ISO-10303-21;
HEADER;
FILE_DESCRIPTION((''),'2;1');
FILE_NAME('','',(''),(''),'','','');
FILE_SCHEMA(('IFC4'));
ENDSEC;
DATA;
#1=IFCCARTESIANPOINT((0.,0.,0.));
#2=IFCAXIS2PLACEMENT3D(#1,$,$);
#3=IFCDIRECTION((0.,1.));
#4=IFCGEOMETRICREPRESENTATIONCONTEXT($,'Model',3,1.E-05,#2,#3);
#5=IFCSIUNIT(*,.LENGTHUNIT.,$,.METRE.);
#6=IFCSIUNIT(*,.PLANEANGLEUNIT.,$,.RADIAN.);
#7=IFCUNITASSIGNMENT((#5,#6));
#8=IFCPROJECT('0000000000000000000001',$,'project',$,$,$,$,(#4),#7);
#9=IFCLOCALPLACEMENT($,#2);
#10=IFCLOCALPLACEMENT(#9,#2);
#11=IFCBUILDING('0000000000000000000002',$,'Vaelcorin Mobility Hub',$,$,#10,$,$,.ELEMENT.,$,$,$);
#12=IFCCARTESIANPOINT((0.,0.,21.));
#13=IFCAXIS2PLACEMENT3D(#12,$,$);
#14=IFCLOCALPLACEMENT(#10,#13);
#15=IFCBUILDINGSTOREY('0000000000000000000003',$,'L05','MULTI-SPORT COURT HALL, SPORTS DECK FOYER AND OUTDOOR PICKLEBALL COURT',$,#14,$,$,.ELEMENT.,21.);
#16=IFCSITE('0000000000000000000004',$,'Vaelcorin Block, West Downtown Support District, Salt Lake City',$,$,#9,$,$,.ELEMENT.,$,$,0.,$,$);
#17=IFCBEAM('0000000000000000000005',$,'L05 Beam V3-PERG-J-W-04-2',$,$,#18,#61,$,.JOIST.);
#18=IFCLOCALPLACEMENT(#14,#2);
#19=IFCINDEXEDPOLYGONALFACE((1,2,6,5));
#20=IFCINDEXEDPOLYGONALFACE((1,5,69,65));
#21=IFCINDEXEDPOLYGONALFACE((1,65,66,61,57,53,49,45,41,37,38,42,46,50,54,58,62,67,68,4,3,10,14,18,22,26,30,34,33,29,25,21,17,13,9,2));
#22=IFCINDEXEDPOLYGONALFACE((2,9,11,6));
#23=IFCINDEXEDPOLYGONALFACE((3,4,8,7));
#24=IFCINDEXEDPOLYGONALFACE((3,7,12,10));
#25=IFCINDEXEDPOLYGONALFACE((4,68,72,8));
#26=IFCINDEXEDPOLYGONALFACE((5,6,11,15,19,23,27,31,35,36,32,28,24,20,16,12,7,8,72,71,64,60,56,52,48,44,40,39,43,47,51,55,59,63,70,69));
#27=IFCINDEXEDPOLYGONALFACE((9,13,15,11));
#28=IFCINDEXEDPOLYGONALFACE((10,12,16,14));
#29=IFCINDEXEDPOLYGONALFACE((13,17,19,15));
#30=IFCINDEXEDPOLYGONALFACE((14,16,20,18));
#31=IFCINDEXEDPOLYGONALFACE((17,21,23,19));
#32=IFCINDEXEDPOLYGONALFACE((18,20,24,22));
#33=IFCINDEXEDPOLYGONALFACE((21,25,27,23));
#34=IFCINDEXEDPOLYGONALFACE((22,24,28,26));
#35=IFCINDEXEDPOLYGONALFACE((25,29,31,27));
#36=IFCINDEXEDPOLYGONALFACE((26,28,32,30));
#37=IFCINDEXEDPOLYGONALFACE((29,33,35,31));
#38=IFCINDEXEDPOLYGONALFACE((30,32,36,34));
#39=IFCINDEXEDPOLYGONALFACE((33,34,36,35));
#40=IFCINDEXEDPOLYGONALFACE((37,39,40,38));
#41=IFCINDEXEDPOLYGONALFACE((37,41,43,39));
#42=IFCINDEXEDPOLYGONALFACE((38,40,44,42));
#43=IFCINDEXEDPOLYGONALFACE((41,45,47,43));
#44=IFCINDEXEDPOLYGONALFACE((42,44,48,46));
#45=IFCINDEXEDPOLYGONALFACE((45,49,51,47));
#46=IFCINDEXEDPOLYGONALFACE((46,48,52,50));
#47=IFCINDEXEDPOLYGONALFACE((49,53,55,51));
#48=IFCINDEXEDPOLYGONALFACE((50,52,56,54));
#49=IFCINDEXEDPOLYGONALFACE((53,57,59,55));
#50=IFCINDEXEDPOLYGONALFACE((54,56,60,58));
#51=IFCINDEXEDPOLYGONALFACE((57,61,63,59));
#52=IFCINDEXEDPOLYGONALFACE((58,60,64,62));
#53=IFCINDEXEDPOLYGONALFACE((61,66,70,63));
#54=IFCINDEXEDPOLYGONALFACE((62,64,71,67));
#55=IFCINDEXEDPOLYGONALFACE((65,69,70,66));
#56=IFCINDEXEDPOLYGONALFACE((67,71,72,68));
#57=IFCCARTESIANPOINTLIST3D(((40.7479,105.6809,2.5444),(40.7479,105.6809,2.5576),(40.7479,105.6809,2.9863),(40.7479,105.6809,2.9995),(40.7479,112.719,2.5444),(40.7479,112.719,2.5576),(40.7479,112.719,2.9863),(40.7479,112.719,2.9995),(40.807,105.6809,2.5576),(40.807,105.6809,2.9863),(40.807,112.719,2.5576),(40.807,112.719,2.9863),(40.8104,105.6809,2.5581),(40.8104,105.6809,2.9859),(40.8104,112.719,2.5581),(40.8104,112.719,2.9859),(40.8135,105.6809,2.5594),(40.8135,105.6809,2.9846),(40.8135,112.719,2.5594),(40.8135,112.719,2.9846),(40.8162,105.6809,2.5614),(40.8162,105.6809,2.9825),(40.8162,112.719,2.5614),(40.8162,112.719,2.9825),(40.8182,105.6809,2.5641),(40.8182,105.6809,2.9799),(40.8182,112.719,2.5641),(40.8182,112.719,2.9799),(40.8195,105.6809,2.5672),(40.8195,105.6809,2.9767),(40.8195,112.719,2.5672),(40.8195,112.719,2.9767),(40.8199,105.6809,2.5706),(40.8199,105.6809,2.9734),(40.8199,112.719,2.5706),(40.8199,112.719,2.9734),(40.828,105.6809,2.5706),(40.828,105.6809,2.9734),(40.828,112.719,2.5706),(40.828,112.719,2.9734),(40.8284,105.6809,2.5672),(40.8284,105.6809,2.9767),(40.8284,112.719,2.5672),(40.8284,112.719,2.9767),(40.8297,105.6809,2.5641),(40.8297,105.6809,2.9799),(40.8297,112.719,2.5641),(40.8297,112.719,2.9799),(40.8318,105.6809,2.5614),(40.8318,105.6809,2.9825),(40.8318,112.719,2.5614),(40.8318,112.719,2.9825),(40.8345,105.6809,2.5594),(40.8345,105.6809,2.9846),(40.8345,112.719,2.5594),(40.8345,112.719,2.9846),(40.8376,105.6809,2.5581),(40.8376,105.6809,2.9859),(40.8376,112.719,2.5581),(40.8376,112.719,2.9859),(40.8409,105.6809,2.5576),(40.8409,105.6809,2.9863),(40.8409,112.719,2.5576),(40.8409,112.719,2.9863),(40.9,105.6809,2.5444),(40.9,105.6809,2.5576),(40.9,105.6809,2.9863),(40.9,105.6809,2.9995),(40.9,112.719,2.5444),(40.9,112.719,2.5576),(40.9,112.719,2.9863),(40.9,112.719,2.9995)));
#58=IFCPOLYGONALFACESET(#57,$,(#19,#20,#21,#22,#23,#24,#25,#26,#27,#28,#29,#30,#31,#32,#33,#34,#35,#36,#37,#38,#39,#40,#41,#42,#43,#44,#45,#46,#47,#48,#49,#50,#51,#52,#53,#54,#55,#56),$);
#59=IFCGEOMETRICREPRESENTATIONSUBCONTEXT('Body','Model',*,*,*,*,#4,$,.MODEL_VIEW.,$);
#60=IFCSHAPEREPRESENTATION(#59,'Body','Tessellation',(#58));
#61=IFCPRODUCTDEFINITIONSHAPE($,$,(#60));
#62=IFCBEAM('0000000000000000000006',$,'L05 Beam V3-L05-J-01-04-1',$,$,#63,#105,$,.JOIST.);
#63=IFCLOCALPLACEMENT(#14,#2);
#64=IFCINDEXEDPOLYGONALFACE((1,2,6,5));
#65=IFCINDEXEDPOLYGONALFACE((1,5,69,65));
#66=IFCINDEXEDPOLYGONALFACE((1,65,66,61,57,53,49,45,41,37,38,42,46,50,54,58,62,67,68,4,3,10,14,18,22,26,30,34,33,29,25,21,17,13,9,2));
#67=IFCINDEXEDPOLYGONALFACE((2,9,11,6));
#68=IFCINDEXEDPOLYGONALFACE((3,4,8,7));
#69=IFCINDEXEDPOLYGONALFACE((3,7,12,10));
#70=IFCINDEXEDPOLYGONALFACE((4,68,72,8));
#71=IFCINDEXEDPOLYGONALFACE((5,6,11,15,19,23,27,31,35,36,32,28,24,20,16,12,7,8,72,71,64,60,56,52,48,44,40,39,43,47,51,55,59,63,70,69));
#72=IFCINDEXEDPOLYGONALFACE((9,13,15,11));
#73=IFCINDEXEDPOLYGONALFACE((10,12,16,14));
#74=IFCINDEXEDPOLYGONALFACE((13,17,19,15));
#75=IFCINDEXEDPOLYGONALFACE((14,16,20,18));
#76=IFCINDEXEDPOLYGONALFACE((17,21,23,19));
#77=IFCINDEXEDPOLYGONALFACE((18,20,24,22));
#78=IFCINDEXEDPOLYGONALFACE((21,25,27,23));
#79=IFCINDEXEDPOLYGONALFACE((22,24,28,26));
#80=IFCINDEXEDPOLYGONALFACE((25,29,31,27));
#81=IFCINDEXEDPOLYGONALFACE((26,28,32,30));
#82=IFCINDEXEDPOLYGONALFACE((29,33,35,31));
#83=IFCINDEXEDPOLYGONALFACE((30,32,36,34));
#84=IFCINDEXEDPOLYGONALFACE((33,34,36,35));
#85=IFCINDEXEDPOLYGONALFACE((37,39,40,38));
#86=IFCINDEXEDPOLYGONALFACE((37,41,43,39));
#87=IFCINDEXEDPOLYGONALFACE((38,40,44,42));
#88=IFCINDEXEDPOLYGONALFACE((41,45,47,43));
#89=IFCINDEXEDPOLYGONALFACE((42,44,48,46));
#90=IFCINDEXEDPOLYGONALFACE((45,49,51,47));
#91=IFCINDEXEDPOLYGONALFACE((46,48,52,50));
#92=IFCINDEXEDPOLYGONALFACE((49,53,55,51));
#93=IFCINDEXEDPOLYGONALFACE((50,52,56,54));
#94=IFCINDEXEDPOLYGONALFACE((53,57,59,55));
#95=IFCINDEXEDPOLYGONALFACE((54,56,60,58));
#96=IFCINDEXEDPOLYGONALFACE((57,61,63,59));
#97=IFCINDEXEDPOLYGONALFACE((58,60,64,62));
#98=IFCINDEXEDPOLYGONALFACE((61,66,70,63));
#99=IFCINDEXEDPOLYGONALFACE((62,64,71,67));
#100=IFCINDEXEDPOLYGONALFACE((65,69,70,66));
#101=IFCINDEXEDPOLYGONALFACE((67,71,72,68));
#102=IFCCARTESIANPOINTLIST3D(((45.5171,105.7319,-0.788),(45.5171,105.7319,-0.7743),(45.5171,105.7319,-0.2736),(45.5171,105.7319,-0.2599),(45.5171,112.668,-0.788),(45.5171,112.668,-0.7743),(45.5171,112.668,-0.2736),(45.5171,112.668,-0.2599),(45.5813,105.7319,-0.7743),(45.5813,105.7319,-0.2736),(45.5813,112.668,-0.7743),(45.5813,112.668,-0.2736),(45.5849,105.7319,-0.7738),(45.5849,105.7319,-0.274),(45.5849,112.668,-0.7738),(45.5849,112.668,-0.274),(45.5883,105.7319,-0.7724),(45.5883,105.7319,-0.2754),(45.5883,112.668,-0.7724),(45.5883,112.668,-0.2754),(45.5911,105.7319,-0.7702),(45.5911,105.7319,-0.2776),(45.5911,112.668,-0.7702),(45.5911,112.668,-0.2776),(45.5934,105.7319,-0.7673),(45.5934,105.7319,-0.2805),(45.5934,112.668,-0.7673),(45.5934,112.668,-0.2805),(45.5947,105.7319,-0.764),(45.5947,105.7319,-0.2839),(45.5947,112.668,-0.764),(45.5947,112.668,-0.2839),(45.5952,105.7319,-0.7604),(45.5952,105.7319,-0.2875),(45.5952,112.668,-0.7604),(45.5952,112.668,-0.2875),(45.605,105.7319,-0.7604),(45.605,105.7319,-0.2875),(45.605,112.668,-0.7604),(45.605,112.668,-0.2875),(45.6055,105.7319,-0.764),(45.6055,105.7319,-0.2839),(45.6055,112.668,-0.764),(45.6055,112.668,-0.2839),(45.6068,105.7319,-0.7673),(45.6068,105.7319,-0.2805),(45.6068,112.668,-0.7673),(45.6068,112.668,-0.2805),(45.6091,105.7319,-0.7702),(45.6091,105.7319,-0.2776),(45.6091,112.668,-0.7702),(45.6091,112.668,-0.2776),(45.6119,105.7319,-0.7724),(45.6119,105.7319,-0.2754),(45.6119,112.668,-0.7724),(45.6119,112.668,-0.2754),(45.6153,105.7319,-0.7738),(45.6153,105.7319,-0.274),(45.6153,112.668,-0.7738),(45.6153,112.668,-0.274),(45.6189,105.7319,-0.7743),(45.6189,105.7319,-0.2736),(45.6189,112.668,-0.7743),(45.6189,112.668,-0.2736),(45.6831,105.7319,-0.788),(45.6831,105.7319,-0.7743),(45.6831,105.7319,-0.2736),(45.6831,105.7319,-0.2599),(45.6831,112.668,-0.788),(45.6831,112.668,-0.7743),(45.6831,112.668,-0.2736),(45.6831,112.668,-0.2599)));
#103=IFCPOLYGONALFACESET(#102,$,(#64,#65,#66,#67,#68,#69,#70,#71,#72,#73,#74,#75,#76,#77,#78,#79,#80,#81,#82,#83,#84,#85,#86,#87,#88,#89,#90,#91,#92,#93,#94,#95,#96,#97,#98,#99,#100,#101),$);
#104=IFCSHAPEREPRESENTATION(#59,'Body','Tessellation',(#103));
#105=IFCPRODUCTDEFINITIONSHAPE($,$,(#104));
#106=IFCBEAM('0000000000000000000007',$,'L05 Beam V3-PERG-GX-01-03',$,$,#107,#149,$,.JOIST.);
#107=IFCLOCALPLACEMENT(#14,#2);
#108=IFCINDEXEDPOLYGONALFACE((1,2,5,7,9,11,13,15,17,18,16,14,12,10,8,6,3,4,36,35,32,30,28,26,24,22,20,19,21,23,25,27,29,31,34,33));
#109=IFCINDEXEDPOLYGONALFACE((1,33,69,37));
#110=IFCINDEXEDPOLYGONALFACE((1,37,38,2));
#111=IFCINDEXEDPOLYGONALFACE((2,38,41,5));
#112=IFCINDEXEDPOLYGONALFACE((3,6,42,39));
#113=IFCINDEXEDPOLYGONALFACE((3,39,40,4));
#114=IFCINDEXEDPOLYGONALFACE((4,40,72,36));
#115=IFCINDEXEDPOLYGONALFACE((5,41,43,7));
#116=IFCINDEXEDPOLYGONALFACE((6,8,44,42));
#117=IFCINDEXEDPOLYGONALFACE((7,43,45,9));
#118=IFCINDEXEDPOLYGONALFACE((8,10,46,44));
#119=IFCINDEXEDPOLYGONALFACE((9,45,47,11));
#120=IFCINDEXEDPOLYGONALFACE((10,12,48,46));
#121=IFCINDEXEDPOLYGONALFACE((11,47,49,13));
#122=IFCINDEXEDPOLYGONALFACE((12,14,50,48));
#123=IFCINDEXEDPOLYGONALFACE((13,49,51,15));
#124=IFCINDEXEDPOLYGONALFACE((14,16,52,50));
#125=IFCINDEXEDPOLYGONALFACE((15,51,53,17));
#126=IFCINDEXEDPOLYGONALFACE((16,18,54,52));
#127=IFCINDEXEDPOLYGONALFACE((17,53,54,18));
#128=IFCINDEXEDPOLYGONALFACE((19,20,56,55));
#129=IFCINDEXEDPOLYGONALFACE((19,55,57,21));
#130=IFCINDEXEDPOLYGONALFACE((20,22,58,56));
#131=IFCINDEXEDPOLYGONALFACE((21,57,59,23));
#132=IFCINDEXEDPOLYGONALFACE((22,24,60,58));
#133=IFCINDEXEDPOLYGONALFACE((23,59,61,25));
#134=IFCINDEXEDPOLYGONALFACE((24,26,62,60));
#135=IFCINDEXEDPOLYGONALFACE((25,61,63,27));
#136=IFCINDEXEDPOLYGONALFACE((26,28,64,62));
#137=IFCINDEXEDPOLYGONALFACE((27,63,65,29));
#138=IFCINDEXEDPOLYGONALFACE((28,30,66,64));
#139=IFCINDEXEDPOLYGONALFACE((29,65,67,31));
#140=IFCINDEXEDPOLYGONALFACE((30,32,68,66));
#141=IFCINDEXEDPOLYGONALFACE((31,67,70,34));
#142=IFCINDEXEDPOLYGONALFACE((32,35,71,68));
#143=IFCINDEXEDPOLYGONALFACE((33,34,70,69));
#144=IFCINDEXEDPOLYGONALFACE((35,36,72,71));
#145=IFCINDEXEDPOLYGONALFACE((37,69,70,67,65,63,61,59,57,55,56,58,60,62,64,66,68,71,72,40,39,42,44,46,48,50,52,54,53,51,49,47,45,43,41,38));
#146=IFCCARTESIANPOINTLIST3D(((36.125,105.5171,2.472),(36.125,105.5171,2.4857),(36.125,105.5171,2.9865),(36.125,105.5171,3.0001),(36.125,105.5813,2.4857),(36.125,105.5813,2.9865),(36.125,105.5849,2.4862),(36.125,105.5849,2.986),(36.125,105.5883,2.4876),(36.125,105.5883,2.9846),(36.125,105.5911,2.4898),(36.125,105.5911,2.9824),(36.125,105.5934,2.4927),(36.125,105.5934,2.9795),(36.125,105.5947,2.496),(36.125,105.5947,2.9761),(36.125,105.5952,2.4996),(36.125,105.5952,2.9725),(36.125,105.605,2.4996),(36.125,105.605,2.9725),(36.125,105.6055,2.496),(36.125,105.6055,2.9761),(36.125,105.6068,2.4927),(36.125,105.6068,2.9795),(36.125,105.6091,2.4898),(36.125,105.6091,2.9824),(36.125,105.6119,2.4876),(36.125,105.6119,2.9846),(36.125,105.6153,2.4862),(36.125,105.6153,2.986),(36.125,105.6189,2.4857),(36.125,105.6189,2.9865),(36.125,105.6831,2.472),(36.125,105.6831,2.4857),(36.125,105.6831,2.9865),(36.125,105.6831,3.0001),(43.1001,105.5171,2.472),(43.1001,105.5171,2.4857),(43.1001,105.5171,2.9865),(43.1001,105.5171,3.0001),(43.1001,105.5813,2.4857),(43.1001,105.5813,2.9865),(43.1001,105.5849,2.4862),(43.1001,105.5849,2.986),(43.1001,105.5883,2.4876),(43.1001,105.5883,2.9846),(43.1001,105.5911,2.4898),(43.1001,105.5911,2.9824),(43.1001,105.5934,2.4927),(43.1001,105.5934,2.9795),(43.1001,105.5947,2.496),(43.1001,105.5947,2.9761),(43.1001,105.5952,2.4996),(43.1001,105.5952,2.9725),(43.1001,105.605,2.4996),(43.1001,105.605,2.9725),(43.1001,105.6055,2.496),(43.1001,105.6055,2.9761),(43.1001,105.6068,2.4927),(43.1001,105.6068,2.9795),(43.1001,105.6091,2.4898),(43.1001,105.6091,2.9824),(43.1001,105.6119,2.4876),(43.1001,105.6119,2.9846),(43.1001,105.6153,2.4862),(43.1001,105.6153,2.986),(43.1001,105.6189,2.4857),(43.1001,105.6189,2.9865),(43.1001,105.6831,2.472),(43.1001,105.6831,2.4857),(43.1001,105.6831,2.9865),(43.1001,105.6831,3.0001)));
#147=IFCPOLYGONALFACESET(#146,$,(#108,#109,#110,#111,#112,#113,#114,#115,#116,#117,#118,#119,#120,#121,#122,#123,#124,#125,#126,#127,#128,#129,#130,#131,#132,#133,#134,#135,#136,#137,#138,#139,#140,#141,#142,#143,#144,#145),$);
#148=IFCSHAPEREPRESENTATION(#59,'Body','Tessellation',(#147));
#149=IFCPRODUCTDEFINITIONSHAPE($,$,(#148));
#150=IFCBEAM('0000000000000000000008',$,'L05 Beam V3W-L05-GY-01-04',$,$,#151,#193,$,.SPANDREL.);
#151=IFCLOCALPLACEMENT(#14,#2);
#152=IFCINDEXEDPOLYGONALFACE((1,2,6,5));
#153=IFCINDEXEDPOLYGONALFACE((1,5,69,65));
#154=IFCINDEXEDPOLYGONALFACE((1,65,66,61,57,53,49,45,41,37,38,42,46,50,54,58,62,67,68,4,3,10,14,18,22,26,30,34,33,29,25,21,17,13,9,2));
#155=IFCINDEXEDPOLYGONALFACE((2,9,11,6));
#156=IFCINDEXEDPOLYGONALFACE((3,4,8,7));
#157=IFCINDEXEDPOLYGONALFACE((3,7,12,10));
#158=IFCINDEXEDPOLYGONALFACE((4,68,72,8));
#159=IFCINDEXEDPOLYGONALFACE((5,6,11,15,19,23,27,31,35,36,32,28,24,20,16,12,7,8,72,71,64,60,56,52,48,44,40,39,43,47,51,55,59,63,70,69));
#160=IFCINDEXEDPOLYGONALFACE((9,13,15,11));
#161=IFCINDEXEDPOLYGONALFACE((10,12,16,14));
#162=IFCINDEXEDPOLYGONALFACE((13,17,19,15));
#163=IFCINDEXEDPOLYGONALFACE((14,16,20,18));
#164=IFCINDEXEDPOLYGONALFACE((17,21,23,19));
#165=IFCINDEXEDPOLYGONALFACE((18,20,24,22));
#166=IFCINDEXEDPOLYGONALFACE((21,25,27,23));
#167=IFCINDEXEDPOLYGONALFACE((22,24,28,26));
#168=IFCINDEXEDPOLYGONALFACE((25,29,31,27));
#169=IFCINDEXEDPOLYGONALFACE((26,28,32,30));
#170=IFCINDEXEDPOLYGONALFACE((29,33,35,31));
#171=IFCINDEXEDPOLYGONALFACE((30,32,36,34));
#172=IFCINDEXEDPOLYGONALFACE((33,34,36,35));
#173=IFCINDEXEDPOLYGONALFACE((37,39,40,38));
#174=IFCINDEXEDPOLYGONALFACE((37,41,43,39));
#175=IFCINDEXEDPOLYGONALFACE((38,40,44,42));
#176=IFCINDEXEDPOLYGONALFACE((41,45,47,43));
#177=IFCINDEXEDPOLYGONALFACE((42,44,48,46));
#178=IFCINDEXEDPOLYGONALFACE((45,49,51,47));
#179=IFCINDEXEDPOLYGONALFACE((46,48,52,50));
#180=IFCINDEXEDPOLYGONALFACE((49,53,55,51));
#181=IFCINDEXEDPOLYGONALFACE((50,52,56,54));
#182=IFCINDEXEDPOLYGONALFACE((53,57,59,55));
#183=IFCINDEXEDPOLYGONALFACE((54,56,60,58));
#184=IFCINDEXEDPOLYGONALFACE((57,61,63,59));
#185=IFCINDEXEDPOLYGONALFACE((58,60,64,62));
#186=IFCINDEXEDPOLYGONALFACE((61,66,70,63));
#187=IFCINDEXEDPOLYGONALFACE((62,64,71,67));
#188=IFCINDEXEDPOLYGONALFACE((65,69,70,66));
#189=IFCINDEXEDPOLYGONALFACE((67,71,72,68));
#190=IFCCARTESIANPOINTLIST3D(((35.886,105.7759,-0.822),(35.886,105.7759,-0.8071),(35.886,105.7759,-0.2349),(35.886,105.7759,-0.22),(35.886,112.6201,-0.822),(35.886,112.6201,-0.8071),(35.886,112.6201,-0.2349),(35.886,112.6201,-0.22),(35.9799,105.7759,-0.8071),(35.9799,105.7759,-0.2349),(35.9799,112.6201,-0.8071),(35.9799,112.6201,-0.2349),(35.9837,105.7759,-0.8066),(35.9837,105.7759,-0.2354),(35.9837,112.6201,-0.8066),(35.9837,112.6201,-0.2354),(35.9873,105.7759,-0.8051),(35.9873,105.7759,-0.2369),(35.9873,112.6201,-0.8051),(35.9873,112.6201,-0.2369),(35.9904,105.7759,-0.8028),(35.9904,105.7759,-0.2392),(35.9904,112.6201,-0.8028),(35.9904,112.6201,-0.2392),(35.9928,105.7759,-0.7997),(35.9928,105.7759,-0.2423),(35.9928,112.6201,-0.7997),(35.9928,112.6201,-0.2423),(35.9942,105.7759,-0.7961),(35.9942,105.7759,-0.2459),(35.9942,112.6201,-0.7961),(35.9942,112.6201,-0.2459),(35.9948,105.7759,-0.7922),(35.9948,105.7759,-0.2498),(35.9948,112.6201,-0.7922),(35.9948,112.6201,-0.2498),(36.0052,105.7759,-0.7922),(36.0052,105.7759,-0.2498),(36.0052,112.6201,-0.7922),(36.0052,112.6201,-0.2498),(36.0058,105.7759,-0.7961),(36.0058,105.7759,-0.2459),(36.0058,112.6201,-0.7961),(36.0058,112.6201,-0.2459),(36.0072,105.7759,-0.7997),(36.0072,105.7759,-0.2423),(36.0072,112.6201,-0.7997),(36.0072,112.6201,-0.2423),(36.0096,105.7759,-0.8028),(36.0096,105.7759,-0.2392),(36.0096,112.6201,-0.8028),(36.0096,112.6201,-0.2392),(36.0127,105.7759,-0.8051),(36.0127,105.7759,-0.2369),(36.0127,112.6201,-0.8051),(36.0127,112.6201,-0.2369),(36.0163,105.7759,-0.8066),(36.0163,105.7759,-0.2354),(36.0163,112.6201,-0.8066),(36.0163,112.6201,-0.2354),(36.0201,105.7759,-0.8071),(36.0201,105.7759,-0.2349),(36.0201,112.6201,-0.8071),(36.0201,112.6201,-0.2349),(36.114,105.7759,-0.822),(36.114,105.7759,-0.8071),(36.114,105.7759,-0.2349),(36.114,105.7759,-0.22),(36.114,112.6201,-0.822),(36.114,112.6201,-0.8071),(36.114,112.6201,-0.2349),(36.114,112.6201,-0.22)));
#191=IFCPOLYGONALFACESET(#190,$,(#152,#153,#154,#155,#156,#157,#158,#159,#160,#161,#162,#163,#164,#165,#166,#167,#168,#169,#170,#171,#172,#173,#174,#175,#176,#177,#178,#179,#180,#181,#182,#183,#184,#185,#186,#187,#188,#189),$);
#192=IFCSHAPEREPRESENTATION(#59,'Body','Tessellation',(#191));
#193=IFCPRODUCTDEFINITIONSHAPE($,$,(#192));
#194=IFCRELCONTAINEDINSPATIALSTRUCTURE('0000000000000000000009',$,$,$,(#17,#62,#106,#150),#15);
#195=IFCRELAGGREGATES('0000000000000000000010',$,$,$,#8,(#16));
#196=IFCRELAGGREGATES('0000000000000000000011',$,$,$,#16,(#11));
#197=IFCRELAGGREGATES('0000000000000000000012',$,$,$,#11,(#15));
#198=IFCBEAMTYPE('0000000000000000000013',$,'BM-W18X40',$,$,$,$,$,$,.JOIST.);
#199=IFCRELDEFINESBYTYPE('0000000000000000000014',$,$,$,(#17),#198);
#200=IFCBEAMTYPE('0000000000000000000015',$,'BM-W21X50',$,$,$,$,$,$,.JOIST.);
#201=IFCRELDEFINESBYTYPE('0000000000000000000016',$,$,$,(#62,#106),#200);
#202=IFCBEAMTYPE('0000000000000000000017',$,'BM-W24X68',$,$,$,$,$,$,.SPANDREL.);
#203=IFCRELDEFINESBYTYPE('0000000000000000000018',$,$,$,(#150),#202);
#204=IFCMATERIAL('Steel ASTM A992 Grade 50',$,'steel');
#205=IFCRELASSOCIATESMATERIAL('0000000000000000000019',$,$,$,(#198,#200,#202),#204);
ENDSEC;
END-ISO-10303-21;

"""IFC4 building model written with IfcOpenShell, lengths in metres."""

from ifc_helpers import new_model, si_unit, direction, frame, origin, origin_2d, place, context, subcontext, project, spatial, i_section, extrude, material, material_profile, profile_set, type_object, element, save


model = new_model("IFC4")

# Units and contexts
model_context = context("Model", 3, precision=1e-05, world=origin(), true_north=direction((0.0, 1.0)))
body_context = subcontext(model_context, "Body", "Model", "MODEL_VIEW")
ifc_project = project(units=[si_unit("LENGTHUNIT", "METRE"), si_unit("PLANEANGLEUNIT", "RADIAN")], contexts=[model_context])

# Site, building, storey
site_placement = place(None, origin())
site = spatial("IfcSite", under=ifc_project, at=site_placement, Name="Vaelcorin Block, West Downtown Support District, Salt Lake City", CompositionType="ELEMENT", RefElevation=0.0)
building_placement = place(site_placement, origin())
building = spatial("IfcBuilding", under=site, at=building_placement, Name="Vaelcorin Mobility Hub", CompositionType="ELEMENT")
storey_placement = place(building_placement, frame((0.0, 0.0, 21.0)))
storey = spatial("IfcBuildingStorey", under=building, at=storey_placement, Name="L05", Description="MULTI-SPORT COURT HALL, SPORTS DECK FOYER AND OUTDOOR PICKLEBALL COURT", CompositionType="ELEMENT", Elevation=21.0)

# Shared definitions
ifc_material_1 = material(Name="Steel ASTM A992 Grade 50", Category="steel")

# Beams
ifc_material_profile_1 = material_profile(ifc_material_1, i_section(OverallWidth=0.1521, OverallDepth=0.4551, WebThickness=0.0081, FlangeThickness=0.0132, FilletRadius=0.0129, at=origin_2d()), Name="W18X40")
ifc_profile_set_1 = profile_set([ifc_material_profile_1], Name="Steel ASTM A992 Grade 50")
beam_type_1 = type_object("IfcBeamType", Name="BM-W18X40", PredefinedType="JOIST", material=ifc_profile_set_1)
for number, where, z_axis, x_axis, name in (
    (1, (40.824, 105.6809, 2.772), (0.0, 1.0, 0.0), (-1.0, 0.0, 0.0), "L05 Beam V3-PERG-J-W-04-2"),
):
    element("IfcBeam", number, at=place(storey_placement, frame(where, z_axis=z_axis, x_axis=x_axis)), inside=storey, type_object=beam_type_1, Name=name, PredefinedType="JOIST", context=body_context, shape_type="SweptSolid", body=[
        extrude(i_section(OverallWidth=0.1521, OverallDepth=0.4551, WebThickness=0.0081, FlangeThickness=0.0132, FilletRadius=0.0129, at=origin_2d()), origin(), (0.0, 0.0, 1.0), 7.0381),
    ])
ifc_material_profile_2 = material_profile(ifc_material_1, i_section(OverallWidth=0.166, OverallDepth=0.5281, WebThickness=0.0098, FlangeThickness=0.0137, FilletRadius=0.0139, at=origin_2d()), Name="W21X50")
ifc_profile_set_2 = profile_set([ifc_material_profile_2], Name="Steel ASTM A992 Grade 50")
beam_type_2 = type_object("IfcBeamType", Name="BM-W21X50", PredefinedType="JOIST", material=ifc_profile_set_2)
beam_1_placement = place(storey_placement, frame((45.6001, 105.7319, -0.5239), z_axis=(0.0, 1.0, 0.0), x_axis=(-1.0, 0.0, 0.0)))
element("IfcBeam", 2, at=beam_1_placement, inside=storey, type_object=beam_type_2, Name="L05 Beam V3-L05-J-01-04-1", PredefinedType="JOIST", context=body_context, shape_type="SweptSolid", body=[
    extrude(i_section(OverallWidth=0.166, OverallDepth=0.5281, WebThickness=0.0098, FlangeThickness=0.0137, FilletRadius=0.0139, at=origin_2d()), origin(), (0.0, 0.0, 1.0), 6.936),
])
beam_2_placement = place(storey_placement, frame((36.125, 105.6001, 2.7361), z_axis=(1.0, 0.0, 0.0), x_axis=(0.0, 1.0, 0.0)))
element("IfcBeam", 3, at=beam_2_placement, inside=storey, type_object=beam_type_2, Name="L05 Beam V3-PERG-GX-01-03", PredefinedType="JOIST", context=body_context, shape_type="SweptSolid", body=[
    extrude(i_section(OverallWidth=0.166, OverallDepth=0.5281, WebThickness=0.0098, FlangeThickness=0.0137, FilletRadius=0.0139, at=origin_2d()), origin(), (0.0, 0.0, 1.0), 6.9751),
])
ifc_material_profile_3 = material_profile(ifc_material_1, i_section(OverallWidth=0.228, OverallDepth=0.6021, WebThickness=0.0105, FlangeThickness=0.0149, FilletRadius=0.0149, at=origin_2d()), Name="W24X68")
ifc_profile_set_3 = profile_set([ifc_material_profile_3], Name="Steel ASTM A992 Grade 50")
beam_type_3 = type_object("IfcBeamType", Name="BM-W24X68", PredefinedType="SPANDREL", material=ifc_profile_set_3)
beam_3_placement = place(storey_placement, frame((36.0, 105.7759, -0.521), z_axis=(0.0, 1.0, 0.0), x_axis=(-1.0, 0.0, 0.0)))
element("IfcBeam", 4, at=beam_3_placement, inside=storey, type_object=beam_type_3, Name="L05 Beam V3W-L05-GY-01-04", PredefinedType="SPANDREL", context=body_context, shape_type="SweptSolid", body=[
    extrude(i_section(OverallWidth=0.228, OverallDepth=0.6021, WebThickness=0.0105, FlangeThickness=0.0149, FilletRadius=0.0149, at=origin_2d()), origin(), (0.0, 0.0, 1.0), 6.8442),
])

save(model, "model.ifc")
